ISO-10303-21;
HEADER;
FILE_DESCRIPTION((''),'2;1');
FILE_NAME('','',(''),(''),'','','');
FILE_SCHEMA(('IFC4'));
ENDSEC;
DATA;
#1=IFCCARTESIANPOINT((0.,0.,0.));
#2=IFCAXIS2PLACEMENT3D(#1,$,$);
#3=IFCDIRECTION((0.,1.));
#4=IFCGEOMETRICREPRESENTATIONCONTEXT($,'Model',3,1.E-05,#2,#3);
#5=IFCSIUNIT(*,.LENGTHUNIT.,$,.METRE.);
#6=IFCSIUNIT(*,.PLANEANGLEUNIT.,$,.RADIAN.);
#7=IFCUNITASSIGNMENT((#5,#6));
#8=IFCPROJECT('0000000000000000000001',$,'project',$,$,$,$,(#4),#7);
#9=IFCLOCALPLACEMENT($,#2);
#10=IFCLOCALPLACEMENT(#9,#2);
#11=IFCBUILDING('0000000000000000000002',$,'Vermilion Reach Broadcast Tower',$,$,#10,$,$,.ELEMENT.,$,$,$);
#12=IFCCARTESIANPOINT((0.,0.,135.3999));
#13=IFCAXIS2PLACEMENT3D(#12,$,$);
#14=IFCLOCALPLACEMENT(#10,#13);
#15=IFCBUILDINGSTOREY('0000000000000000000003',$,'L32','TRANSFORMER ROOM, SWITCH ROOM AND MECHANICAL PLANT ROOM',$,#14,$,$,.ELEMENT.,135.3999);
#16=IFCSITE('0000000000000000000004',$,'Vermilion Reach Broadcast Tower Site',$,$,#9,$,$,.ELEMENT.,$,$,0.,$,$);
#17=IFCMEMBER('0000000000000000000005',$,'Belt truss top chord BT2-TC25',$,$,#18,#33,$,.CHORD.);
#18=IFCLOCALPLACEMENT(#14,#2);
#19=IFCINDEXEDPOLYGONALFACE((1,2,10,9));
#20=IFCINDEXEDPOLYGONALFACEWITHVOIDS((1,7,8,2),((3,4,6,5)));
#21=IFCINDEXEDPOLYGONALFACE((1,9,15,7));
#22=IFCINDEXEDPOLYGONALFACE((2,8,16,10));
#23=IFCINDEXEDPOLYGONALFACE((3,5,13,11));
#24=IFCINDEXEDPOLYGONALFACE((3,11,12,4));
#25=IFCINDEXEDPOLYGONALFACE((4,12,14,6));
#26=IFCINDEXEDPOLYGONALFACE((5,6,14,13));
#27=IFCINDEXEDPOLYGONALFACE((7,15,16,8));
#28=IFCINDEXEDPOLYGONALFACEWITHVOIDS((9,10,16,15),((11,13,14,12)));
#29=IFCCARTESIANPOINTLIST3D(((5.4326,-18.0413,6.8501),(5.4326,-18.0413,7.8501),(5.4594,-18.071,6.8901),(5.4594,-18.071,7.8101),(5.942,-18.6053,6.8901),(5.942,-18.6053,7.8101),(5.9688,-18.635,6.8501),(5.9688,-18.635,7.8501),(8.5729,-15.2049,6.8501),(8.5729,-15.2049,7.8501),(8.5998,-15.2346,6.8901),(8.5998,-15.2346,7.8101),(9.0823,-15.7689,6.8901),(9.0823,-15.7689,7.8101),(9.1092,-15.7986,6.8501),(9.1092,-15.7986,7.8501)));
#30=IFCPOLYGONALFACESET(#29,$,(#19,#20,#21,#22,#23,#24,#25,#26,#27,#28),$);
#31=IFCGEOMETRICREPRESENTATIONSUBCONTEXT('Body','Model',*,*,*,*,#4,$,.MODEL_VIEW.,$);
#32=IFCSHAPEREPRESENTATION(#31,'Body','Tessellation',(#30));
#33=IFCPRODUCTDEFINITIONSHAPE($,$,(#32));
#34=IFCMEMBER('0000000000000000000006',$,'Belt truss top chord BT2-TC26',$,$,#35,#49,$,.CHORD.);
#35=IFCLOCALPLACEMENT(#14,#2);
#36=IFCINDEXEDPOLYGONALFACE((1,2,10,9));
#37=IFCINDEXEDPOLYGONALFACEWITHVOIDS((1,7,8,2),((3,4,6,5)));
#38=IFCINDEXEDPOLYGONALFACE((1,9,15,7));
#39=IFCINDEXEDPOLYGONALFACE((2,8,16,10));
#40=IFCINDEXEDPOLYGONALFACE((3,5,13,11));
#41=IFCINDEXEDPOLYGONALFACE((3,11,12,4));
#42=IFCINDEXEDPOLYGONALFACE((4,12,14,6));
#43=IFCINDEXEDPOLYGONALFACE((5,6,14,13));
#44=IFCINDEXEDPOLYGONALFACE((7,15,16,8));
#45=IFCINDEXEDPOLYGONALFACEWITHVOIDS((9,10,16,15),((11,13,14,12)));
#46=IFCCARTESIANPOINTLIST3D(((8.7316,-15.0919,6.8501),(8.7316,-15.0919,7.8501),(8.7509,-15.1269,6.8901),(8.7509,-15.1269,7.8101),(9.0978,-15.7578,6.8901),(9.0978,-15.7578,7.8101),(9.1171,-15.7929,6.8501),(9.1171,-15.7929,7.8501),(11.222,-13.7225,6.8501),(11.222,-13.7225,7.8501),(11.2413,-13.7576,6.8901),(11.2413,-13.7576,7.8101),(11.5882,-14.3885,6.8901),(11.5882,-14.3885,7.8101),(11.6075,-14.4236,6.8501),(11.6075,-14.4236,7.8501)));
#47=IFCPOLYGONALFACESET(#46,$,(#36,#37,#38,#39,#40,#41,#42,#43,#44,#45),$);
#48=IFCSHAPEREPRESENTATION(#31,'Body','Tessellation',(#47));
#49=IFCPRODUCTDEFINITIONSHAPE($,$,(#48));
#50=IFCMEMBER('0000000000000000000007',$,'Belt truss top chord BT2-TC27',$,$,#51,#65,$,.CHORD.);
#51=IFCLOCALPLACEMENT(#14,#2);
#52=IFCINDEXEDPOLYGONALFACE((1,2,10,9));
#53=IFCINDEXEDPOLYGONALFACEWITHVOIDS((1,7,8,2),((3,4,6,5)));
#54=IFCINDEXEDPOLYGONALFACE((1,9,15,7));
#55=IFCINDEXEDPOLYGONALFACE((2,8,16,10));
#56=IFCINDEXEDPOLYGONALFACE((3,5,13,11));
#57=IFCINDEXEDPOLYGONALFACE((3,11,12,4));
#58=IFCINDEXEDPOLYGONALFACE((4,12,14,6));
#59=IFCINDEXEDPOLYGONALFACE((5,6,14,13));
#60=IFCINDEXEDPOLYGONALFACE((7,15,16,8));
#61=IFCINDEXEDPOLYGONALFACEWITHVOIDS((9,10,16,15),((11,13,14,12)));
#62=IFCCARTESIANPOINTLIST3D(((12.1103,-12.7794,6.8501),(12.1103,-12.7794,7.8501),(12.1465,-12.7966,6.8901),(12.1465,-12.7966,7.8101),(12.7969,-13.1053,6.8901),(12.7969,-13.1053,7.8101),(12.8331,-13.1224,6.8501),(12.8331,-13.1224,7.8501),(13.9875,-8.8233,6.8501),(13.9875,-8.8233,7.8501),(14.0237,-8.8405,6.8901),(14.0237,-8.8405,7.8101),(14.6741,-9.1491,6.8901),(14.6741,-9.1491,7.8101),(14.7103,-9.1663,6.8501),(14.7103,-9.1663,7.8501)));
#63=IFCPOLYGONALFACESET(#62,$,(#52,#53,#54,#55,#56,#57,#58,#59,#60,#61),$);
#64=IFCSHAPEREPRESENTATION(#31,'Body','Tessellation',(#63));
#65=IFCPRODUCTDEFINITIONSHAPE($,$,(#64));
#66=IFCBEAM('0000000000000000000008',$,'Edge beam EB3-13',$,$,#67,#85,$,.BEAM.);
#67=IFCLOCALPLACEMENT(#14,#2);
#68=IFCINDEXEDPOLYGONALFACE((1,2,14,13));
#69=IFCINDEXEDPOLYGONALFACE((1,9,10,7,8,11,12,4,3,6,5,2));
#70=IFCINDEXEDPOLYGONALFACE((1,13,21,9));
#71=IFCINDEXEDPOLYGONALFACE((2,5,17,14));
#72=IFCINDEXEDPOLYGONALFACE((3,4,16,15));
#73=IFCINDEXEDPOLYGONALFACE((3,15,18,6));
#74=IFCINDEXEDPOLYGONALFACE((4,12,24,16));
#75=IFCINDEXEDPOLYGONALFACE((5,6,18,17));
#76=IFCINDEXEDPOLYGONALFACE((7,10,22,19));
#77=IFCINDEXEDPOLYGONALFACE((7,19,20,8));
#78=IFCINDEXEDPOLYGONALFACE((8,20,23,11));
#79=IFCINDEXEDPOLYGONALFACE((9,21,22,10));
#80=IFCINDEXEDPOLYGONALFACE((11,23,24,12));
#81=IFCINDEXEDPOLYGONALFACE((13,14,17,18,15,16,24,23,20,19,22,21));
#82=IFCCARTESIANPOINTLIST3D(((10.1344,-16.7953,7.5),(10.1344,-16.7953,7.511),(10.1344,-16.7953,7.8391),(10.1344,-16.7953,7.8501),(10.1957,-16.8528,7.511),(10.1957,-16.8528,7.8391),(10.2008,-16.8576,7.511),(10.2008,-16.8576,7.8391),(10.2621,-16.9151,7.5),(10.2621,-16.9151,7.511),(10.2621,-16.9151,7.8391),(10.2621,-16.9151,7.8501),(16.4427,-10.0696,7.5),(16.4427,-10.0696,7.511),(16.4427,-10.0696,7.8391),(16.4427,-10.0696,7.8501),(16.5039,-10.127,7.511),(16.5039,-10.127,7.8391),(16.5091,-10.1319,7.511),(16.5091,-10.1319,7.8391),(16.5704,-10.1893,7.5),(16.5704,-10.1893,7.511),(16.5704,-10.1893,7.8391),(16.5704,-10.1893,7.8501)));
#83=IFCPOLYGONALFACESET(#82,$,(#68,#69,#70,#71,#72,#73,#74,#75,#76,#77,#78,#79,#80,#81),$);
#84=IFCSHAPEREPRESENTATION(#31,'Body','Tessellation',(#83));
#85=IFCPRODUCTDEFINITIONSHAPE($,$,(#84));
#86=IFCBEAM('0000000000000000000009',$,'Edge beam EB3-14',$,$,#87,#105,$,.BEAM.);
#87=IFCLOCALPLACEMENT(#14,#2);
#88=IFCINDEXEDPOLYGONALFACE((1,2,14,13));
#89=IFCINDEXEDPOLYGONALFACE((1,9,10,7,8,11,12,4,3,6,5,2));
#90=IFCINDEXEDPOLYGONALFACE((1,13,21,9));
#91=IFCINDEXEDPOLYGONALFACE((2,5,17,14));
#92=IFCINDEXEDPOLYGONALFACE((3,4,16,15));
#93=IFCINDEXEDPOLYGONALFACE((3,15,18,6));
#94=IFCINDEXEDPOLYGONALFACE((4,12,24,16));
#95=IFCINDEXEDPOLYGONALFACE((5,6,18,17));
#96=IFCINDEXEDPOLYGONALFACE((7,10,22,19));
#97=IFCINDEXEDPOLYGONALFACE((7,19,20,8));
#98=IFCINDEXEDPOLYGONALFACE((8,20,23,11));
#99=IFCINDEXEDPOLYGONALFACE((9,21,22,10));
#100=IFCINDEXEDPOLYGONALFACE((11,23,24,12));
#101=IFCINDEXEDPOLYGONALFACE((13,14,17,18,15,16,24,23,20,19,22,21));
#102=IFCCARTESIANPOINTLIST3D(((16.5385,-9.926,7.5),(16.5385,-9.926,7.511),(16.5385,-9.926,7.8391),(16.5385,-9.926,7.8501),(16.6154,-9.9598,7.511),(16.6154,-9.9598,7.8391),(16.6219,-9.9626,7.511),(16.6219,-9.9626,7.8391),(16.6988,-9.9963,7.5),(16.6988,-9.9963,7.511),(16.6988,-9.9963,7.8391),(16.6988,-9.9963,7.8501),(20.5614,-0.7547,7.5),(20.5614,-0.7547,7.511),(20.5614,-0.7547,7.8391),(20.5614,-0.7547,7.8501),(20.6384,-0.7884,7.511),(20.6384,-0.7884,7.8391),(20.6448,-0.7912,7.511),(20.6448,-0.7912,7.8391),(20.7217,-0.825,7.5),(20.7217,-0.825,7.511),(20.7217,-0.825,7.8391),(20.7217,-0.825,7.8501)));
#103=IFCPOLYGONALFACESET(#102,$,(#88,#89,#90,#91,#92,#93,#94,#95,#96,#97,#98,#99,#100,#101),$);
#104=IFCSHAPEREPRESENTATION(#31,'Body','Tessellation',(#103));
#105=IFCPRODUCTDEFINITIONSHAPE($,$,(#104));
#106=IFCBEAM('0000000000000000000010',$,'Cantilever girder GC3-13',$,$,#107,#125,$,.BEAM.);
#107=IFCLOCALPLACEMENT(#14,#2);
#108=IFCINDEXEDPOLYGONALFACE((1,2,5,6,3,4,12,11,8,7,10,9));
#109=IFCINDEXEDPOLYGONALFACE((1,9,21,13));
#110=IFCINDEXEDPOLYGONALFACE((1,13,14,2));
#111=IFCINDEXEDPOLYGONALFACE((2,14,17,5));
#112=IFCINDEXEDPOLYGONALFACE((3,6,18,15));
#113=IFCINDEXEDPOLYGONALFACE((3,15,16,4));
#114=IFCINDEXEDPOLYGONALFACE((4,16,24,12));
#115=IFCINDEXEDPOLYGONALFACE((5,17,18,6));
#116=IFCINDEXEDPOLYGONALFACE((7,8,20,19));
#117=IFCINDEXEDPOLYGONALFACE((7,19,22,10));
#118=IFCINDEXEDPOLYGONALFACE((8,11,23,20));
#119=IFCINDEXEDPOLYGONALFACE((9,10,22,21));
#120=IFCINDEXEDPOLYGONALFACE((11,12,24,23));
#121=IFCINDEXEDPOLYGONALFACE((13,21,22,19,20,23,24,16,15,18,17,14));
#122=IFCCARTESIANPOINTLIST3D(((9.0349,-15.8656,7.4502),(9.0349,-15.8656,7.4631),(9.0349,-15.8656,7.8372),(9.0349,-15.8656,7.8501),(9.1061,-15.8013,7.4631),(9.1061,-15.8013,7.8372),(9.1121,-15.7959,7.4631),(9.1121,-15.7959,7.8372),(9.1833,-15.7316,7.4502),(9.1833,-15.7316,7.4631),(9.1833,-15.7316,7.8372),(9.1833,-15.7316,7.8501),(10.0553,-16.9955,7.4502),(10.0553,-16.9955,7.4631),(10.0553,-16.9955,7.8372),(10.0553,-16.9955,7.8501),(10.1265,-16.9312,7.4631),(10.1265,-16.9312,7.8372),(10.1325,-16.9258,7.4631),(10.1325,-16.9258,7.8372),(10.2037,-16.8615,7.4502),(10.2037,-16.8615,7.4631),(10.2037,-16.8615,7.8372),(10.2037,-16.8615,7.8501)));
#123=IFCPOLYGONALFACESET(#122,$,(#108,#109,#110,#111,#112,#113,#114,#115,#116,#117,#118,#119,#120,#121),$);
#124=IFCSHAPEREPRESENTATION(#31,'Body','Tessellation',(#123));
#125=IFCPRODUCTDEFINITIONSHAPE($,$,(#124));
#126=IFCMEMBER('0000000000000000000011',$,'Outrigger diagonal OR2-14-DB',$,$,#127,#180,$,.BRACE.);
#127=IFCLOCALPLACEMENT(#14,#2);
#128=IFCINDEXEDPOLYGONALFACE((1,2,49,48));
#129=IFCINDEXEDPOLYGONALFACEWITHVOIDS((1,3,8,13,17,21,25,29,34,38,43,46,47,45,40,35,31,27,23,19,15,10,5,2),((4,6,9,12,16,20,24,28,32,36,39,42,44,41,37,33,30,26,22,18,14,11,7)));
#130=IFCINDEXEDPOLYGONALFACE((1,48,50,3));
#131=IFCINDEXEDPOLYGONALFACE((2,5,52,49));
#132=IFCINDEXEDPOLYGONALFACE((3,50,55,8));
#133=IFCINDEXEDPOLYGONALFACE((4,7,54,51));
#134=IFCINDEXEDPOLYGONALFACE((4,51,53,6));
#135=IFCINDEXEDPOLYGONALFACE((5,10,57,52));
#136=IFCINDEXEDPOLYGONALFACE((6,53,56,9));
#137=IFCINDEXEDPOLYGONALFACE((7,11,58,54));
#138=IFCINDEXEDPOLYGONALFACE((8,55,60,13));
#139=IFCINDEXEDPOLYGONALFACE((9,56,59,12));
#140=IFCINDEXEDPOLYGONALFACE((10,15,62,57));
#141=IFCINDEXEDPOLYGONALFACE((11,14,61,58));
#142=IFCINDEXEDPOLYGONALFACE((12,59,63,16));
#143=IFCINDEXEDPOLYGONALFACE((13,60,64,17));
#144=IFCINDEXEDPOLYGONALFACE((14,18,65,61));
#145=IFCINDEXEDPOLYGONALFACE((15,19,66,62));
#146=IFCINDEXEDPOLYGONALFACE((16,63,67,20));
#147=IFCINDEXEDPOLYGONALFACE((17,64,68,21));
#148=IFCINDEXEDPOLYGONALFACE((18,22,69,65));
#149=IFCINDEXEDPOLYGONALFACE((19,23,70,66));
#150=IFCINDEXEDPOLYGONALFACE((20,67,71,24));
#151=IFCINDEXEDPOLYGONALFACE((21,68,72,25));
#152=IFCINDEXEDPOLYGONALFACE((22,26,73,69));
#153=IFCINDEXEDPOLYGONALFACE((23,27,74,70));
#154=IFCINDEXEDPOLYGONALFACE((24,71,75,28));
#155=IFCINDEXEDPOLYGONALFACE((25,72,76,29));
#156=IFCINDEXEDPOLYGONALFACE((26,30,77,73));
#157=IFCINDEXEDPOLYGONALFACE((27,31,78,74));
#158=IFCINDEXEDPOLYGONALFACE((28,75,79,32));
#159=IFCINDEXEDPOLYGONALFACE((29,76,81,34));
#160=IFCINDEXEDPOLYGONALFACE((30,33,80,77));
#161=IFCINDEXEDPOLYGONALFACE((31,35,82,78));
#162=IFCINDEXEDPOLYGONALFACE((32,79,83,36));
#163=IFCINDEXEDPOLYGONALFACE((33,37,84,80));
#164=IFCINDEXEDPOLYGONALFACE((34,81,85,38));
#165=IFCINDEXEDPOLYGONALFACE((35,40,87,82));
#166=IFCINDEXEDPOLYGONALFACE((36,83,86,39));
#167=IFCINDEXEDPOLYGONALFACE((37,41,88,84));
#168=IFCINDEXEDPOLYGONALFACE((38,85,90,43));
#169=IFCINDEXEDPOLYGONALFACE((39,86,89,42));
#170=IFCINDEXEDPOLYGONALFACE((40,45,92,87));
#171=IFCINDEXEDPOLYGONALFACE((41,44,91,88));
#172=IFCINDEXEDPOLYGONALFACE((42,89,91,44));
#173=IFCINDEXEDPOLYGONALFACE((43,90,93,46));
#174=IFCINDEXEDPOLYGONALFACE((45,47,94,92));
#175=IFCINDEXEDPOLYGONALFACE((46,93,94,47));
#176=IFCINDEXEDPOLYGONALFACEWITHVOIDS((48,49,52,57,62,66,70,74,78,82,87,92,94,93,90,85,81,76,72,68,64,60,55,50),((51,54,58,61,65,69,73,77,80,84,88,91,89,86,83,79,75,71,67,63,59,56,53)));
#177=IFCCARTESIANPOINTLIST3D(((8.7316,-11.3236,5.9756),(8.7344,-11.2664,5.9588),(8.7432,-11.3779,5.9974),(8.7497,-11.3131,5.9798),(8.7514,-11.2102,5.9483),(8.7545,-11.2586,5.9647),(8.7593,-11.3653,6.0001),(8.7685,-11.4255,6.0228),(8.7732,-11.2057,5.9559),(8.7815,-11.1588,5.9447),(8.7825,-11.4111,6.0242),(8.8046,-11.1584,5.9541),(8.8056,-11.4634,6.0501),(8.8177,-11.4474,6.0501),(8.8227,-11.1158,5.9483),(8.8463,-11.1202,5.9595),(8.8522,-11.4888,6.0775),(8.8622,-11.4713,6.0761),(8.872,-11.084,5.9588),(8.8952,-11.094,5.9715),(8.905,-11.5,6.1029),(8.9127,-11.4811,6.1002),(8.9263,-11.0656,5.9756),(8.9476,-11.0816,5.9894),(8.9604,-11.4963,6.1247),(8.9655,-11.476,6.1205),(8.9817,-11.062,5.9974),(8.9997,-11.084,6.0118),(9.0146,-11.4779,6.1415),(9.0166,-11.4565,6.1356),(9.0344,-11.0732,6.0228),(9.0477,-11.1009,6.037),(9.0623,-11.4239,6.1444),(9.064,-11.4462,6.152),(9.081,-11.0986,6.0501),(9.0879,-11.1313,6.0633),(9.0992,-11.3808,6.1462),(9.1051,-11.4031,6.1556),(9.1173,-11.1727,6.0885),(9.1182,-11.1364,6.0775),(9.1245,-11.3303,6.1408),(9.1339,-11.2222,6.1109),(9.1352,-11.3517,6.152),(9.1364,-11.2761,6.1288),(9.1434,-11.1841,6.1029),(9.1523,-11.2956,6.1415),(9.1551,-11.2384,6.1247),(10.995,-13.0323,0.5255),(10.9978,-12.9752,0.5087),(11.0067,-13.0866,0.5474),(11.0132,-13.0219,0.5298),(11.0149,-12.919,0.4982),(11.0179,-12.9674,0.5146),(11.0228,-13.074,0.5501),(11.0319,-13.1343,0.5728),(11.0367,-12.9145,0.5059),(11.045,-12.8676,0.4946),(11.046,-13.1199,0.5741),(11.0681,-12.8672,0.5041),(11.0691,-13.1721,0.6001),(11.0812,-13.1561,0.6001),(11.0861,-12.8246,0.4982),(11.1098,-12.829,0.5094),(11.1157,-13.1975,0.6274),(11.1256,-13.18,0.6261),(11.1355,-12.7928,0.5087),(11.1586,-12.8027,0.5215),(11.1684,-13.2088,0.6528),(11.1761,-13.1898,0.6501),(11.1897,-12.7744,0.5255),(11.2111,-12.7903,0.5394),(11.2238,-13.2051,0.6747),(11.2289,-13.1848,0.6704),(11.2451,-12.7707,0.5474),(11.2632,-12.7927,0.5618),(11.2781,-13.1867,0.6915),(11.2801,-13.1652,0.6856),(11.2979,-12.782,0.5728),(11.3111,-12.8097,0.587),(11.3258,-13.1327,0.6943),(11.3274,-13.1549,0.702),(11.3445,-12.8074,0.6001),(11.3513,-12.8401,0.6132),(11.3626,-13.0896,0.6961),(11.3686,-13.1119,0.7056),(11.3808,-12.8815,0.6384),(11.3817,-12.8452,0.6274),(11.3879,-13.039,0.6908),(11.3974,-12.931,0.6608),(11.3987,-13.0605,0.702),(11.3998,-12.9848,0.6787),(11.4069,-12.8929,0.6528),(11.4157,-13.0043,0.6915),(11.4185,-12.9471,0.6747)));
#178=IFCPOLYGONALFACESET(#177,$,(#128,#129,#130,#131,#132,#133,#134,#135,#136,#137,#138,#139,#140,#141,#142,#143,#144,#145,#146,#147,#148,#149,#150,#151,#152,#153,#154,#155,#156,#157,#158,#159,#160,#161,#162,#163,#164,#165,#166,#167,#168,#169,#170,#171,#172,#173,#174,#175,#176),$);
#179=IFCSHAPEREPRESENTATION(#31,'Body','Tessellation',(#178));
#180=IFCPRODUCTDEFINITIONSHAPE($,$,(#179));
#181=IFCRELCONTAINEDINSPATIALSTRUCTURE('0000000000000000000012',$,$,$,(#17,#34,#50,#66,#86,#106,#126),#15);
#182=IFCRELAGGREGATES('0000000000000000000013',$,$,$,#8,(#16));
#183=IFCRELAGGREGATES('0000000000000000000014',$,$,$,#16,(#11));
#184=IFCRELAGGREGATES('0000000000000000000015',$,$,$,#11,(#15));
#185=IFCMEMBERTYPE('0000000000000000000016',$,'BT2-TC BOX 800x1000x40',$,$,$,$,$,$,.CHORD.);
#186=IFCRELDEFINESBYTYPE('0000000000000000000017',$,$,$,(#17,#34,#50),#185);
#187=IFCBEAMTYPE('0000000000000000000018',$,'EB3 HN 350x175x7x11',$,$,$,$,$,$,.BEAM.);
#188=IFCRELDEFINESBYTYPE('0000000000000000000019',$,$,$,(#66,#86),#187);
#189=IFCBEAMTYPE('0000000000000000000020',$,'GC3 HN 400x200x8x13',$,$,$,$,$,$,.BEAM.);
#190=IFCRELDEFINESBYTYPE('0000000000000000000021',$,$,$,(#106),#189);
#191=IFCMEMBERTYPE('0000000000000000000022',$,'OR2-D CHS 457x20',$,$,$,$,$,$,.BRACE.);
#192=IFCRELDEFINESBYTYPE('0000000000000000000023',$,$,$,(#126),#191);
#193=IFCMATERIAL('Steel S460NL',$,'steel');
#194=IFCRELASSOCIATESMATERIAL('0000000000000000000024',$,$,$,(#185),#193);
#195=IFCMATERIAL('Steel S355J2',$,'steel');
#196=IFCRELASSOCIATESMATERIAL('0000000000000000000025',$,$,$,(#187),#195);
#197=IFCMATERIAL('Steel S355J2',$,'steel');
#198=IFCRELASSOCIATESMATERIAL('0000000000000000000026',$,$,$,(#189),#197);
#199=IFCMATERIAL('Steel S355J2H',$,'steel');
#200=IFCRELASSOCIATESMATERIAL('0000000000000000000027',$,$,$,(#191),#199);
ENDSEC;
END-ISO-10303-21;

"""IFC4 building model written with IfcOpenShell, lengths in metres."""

from ifc_helpers import new_model, si_unit, direction, frame, origin, origin_2d, place, context, subcontext, project, spatial, hollow_rectangle, hollow_circle, i_section, extrude, material, material_profile, profile_set, type_object, element, save


model = new_model("IFC4")

# Units and contexts
model_context = context("Model", 3, precision=1e-05, world=origin(), true_north=direction((0.0, 1.0)))
body_context = subcontext(model_context, "Body", "Model", "MODEL_VIEW")
ifc_project = project(units=[si_unit("LENGTHUNIT", "METRE"), si_unit("PLANEANGLEUNIT", "RADIAN")], contexts=[model_context])

# Site, building, storey
site_placement = place(None, origin())
site = spatial("IfcSite", under=ifc_project, at=site_placement, Name="Vermilion Reach Broadcast Tower Site", CompositionType="ELEMENT", RefElevation=0.0)
building_placement = place(site_placement, origin())
building = spatial("IfcBuilding", under=site, at=building_placement, Name="Vermilion Reach Broadcast Tower", CompositionType="ELEMENT")
storey_placement = place(building_placement, frame((0.0, 0.0, 135.3999)))
storey = spatial("IfcBuildingStorey", under=building, at=storey_placement, Name="L32", Description="TRANSFORMER ROOM, SWITCH ROOM AND MECHANICAL PLANT ROOM", CompositionType="ELEMENT", Elevation=135.3999)

# Members
ifc_material_1 = material(Name="Steel S460NL", Category="steel")
ifc_material_profile_1 = material_profile(ifc_material_1, hollow_rectangle(XDim=0.8, YDim=1.0, WallThickness=0.04, at=origin_2d()), Name="S460NL BOX 800x1000x40")
ifc_profile_set_1 = profile_set([ifc_material_profile_1], Name="Steel S460NL")
member_type_1 = type_object("IfcMemberType", Name="BT2-TC BOX 800x1000x40", PredefinedType="CHORD", material=ifc_profile_set_1)
member_1_placement = place(storey_placement, frame((5.7007, -18.3381, 7.3501), z_axis=(0.742108, 0.67028, 0.0), x_axis=(-0.67028, 0.742108, 0.0)))
element("IfcMember", 1, at=member_1_placement, inside=storey, type_object=member_type_1, Name="Belt truss top chord BT2-TC25", PredefinedType="CHORD", context=body_context, shape_type="SweptSolid", body=[
    extrude(hollow_rectangle(XDim=0.8, YDim=1.0, WallThickness=0.04, at=origin_2d()), origin(), (0.0, 0.0, 1.0), 4.2317),
])
member_2_placement = place(storey_placement, frame((8.9243, -15.4424, 7.3501), z_axis=(0.876272, 0.481817, 0.0), x_axis=(-0.481817, 0.876272, 0.0)))
element("IfcMember", 2, at=member_2_placement, inside=storey, type_object=member_type_1, Name="Belt truss top chord BT2-TC26", PredefinedType="CHORD", context=body_context, shape_type="SweptSolid", body=[
    extrude(hollow_rectangle(XDim=0.8, YDim=1.0, WallThickness=0.04, at=origin_2d()), origin(), (0.0, 0.0, 1.0), 2.842),
])
member_3_placement = place(storey_placement, frame((12.4717, -12.9509, 7.3501), z_axis=(0.428697, 0.903448, 0.0), x_axis=(-0.903448, 0.428697, 0.0)))
element("IfcMember", 3, at=member_3_placement, inside=storey, type_object=member_type_1, Name="Belt truss top chord BT2-TC27", PredefinedType="CHORD", context=body_context, shape_type="SweptSolid", body=[
    extrude(hollow_rectangle(XDim=0.8, YDim=1.0, WallThickness=0.04, at=origin_2d()), origin(), (0.0, 0.0, 1.0), 4.3789),
])

# Beams
ifc_material_2 = material(Name="Steel S355J2", Category="steel")
ifc_material_profile_2 = material_profile(ifc_material_2, i_section(OverallWidth=0.175, OverallDepth=0.3501, WebThickness=0.0071, FlangeThickness=0.011, at=origin_2d()), Name="S355J2 HN 350x175x7x11")
ifc_profile_set_2 = profile_set([ifc_material_profile_2], Name="Steel S355J2")
beam_type_1 = type_object("IfcBeamType", Name="EB3 HN 350x175x7x11", PredefinedType="BEAM", material=ifc_profile_set_2)
beam_1_placement = place(storey_placement, frame((10.1982, -16.8552, 7.675), z_axis=(0.684108, 0.729381, 0.0), x_axis=(-0.729381, 0.684108, 0.0)))
element("IfcBeam", 4, at=beam_1_placement, inside=storey, type_object=beam_type_1, Name="Edge beam EB3-13", PredefinedType="BEAM", context=body_context, shape_type="SweptSolid", body=[
    extrude(i_section(OverallWidth=0.175, OverallDepth=0.3501, WebThickness=0.0071, FlangeThickness=0.011, at=origin_2d()), origin(), (0.0, 0.0, 1.0), 9.2212),
])
beam_2_placement = place(storey_placement, frame((16.6187, -9.9612, 7.675), z_axis=(0.401696, 0.915773, 0.0), x_axis=(-0.915773, 0.401696, 0.0)))
element("IfcBeam", 5, at=beam_2_placement, inside=storey, type_object=beam_type_1, Name="Edge beam EB3-14", PredefinedType="BEAM", context=body_context, shape_type="SweptSolid", body=[
    extrude(i_section(OverallWidth=0.175, OverallDepth=0.3501, WebThickness=0.0071, FlangeThickness=0.011, at=origin_2d()), origin(), (0.0, 0.0, 1.0), 10.0149),
])
ifc_material_3 = material(Name="Steel S355J2", Category="steel")
ifc_material_profile_3 = material_profile(ifc_material_3, i_section(OverallWidth=0.2, OverallDepth=0.3999, WebThickness=0.0081, FlangeThickness=0.0129, at=origin_2d()), Name="S355J2 HN 400x200x8x13")
ifc_profile_set_3 = profile_set([ifc_material_profile_3], Name="Steel S355J2")
beam_type_2 = type_object("IfcBeamType", Name="GC3 HN 400x200x8x13", PredefinedType="BEAM", material=ifc_profile_set_3)
beam_3_placement = place(storey_placement, frame((9.1091, -15.7986, 7.6501), z_axis=(0.670187, -0.742193, 0.0), x_axis=(0.742193, 0.670187, 0.0)))
element("IfcBeam", 6, at=beam_3_placement, inside=storey, type_object=beam_type_2, Name="Cantilever girder GC3-13", PredefinedType="BEAM", context=body_context, shape_type="SweptSolid", body=[
    extrude(i_section(OverallWidth=0.2, OverallDepth=0.3999, WebThickness=0.0081, FlangeThickness=0.0129, at=origin_2d()), origin(), (0.0, 0.0, 1.0), 1.5225),
])

# Member
ifc_material_4 = material(Name="Steel S355J2H", Category="steel")
ifc_material_profile_4 = material_profile(ifc_material_4, hollow_circle(Radius=0.2285, WallThickness=0.02, at=origin_2d()), Name="S355J2H CHS 457x20")
ifc_profile_set_4 = profile_set([ifc_material_profile_4], Name="Steel S355J2H")
member_type_2 = type_object("IfcMemberType", Name="OR2-D CHS 457x20", PredefinedType="BRACE", material=ifc_profile_set_4)
member_4_placement = place(storey_placement, frame((11.2068, -12.9897, 0.6001), z_axis=(-0.368415, 0.27813, 0.887082), x_axis=(-0.602518, -0.798106, 0.0)))
element("IfcMember", 7, at=member_4_placement, inside=storey, type_object=member_type_2, Name="Outrigger diagonal OR2-14-DB", PredefinedType="BRACE", context=body_context, shape_type="SweptSolid", body=[
    extrude(hollow_circle(Radius=0.2285, WallThickness=0.02, at=origin_2d()), origin(), (0.0, 0.0, 1.0), 6.1438),
])

save(model, "model.ifc")
